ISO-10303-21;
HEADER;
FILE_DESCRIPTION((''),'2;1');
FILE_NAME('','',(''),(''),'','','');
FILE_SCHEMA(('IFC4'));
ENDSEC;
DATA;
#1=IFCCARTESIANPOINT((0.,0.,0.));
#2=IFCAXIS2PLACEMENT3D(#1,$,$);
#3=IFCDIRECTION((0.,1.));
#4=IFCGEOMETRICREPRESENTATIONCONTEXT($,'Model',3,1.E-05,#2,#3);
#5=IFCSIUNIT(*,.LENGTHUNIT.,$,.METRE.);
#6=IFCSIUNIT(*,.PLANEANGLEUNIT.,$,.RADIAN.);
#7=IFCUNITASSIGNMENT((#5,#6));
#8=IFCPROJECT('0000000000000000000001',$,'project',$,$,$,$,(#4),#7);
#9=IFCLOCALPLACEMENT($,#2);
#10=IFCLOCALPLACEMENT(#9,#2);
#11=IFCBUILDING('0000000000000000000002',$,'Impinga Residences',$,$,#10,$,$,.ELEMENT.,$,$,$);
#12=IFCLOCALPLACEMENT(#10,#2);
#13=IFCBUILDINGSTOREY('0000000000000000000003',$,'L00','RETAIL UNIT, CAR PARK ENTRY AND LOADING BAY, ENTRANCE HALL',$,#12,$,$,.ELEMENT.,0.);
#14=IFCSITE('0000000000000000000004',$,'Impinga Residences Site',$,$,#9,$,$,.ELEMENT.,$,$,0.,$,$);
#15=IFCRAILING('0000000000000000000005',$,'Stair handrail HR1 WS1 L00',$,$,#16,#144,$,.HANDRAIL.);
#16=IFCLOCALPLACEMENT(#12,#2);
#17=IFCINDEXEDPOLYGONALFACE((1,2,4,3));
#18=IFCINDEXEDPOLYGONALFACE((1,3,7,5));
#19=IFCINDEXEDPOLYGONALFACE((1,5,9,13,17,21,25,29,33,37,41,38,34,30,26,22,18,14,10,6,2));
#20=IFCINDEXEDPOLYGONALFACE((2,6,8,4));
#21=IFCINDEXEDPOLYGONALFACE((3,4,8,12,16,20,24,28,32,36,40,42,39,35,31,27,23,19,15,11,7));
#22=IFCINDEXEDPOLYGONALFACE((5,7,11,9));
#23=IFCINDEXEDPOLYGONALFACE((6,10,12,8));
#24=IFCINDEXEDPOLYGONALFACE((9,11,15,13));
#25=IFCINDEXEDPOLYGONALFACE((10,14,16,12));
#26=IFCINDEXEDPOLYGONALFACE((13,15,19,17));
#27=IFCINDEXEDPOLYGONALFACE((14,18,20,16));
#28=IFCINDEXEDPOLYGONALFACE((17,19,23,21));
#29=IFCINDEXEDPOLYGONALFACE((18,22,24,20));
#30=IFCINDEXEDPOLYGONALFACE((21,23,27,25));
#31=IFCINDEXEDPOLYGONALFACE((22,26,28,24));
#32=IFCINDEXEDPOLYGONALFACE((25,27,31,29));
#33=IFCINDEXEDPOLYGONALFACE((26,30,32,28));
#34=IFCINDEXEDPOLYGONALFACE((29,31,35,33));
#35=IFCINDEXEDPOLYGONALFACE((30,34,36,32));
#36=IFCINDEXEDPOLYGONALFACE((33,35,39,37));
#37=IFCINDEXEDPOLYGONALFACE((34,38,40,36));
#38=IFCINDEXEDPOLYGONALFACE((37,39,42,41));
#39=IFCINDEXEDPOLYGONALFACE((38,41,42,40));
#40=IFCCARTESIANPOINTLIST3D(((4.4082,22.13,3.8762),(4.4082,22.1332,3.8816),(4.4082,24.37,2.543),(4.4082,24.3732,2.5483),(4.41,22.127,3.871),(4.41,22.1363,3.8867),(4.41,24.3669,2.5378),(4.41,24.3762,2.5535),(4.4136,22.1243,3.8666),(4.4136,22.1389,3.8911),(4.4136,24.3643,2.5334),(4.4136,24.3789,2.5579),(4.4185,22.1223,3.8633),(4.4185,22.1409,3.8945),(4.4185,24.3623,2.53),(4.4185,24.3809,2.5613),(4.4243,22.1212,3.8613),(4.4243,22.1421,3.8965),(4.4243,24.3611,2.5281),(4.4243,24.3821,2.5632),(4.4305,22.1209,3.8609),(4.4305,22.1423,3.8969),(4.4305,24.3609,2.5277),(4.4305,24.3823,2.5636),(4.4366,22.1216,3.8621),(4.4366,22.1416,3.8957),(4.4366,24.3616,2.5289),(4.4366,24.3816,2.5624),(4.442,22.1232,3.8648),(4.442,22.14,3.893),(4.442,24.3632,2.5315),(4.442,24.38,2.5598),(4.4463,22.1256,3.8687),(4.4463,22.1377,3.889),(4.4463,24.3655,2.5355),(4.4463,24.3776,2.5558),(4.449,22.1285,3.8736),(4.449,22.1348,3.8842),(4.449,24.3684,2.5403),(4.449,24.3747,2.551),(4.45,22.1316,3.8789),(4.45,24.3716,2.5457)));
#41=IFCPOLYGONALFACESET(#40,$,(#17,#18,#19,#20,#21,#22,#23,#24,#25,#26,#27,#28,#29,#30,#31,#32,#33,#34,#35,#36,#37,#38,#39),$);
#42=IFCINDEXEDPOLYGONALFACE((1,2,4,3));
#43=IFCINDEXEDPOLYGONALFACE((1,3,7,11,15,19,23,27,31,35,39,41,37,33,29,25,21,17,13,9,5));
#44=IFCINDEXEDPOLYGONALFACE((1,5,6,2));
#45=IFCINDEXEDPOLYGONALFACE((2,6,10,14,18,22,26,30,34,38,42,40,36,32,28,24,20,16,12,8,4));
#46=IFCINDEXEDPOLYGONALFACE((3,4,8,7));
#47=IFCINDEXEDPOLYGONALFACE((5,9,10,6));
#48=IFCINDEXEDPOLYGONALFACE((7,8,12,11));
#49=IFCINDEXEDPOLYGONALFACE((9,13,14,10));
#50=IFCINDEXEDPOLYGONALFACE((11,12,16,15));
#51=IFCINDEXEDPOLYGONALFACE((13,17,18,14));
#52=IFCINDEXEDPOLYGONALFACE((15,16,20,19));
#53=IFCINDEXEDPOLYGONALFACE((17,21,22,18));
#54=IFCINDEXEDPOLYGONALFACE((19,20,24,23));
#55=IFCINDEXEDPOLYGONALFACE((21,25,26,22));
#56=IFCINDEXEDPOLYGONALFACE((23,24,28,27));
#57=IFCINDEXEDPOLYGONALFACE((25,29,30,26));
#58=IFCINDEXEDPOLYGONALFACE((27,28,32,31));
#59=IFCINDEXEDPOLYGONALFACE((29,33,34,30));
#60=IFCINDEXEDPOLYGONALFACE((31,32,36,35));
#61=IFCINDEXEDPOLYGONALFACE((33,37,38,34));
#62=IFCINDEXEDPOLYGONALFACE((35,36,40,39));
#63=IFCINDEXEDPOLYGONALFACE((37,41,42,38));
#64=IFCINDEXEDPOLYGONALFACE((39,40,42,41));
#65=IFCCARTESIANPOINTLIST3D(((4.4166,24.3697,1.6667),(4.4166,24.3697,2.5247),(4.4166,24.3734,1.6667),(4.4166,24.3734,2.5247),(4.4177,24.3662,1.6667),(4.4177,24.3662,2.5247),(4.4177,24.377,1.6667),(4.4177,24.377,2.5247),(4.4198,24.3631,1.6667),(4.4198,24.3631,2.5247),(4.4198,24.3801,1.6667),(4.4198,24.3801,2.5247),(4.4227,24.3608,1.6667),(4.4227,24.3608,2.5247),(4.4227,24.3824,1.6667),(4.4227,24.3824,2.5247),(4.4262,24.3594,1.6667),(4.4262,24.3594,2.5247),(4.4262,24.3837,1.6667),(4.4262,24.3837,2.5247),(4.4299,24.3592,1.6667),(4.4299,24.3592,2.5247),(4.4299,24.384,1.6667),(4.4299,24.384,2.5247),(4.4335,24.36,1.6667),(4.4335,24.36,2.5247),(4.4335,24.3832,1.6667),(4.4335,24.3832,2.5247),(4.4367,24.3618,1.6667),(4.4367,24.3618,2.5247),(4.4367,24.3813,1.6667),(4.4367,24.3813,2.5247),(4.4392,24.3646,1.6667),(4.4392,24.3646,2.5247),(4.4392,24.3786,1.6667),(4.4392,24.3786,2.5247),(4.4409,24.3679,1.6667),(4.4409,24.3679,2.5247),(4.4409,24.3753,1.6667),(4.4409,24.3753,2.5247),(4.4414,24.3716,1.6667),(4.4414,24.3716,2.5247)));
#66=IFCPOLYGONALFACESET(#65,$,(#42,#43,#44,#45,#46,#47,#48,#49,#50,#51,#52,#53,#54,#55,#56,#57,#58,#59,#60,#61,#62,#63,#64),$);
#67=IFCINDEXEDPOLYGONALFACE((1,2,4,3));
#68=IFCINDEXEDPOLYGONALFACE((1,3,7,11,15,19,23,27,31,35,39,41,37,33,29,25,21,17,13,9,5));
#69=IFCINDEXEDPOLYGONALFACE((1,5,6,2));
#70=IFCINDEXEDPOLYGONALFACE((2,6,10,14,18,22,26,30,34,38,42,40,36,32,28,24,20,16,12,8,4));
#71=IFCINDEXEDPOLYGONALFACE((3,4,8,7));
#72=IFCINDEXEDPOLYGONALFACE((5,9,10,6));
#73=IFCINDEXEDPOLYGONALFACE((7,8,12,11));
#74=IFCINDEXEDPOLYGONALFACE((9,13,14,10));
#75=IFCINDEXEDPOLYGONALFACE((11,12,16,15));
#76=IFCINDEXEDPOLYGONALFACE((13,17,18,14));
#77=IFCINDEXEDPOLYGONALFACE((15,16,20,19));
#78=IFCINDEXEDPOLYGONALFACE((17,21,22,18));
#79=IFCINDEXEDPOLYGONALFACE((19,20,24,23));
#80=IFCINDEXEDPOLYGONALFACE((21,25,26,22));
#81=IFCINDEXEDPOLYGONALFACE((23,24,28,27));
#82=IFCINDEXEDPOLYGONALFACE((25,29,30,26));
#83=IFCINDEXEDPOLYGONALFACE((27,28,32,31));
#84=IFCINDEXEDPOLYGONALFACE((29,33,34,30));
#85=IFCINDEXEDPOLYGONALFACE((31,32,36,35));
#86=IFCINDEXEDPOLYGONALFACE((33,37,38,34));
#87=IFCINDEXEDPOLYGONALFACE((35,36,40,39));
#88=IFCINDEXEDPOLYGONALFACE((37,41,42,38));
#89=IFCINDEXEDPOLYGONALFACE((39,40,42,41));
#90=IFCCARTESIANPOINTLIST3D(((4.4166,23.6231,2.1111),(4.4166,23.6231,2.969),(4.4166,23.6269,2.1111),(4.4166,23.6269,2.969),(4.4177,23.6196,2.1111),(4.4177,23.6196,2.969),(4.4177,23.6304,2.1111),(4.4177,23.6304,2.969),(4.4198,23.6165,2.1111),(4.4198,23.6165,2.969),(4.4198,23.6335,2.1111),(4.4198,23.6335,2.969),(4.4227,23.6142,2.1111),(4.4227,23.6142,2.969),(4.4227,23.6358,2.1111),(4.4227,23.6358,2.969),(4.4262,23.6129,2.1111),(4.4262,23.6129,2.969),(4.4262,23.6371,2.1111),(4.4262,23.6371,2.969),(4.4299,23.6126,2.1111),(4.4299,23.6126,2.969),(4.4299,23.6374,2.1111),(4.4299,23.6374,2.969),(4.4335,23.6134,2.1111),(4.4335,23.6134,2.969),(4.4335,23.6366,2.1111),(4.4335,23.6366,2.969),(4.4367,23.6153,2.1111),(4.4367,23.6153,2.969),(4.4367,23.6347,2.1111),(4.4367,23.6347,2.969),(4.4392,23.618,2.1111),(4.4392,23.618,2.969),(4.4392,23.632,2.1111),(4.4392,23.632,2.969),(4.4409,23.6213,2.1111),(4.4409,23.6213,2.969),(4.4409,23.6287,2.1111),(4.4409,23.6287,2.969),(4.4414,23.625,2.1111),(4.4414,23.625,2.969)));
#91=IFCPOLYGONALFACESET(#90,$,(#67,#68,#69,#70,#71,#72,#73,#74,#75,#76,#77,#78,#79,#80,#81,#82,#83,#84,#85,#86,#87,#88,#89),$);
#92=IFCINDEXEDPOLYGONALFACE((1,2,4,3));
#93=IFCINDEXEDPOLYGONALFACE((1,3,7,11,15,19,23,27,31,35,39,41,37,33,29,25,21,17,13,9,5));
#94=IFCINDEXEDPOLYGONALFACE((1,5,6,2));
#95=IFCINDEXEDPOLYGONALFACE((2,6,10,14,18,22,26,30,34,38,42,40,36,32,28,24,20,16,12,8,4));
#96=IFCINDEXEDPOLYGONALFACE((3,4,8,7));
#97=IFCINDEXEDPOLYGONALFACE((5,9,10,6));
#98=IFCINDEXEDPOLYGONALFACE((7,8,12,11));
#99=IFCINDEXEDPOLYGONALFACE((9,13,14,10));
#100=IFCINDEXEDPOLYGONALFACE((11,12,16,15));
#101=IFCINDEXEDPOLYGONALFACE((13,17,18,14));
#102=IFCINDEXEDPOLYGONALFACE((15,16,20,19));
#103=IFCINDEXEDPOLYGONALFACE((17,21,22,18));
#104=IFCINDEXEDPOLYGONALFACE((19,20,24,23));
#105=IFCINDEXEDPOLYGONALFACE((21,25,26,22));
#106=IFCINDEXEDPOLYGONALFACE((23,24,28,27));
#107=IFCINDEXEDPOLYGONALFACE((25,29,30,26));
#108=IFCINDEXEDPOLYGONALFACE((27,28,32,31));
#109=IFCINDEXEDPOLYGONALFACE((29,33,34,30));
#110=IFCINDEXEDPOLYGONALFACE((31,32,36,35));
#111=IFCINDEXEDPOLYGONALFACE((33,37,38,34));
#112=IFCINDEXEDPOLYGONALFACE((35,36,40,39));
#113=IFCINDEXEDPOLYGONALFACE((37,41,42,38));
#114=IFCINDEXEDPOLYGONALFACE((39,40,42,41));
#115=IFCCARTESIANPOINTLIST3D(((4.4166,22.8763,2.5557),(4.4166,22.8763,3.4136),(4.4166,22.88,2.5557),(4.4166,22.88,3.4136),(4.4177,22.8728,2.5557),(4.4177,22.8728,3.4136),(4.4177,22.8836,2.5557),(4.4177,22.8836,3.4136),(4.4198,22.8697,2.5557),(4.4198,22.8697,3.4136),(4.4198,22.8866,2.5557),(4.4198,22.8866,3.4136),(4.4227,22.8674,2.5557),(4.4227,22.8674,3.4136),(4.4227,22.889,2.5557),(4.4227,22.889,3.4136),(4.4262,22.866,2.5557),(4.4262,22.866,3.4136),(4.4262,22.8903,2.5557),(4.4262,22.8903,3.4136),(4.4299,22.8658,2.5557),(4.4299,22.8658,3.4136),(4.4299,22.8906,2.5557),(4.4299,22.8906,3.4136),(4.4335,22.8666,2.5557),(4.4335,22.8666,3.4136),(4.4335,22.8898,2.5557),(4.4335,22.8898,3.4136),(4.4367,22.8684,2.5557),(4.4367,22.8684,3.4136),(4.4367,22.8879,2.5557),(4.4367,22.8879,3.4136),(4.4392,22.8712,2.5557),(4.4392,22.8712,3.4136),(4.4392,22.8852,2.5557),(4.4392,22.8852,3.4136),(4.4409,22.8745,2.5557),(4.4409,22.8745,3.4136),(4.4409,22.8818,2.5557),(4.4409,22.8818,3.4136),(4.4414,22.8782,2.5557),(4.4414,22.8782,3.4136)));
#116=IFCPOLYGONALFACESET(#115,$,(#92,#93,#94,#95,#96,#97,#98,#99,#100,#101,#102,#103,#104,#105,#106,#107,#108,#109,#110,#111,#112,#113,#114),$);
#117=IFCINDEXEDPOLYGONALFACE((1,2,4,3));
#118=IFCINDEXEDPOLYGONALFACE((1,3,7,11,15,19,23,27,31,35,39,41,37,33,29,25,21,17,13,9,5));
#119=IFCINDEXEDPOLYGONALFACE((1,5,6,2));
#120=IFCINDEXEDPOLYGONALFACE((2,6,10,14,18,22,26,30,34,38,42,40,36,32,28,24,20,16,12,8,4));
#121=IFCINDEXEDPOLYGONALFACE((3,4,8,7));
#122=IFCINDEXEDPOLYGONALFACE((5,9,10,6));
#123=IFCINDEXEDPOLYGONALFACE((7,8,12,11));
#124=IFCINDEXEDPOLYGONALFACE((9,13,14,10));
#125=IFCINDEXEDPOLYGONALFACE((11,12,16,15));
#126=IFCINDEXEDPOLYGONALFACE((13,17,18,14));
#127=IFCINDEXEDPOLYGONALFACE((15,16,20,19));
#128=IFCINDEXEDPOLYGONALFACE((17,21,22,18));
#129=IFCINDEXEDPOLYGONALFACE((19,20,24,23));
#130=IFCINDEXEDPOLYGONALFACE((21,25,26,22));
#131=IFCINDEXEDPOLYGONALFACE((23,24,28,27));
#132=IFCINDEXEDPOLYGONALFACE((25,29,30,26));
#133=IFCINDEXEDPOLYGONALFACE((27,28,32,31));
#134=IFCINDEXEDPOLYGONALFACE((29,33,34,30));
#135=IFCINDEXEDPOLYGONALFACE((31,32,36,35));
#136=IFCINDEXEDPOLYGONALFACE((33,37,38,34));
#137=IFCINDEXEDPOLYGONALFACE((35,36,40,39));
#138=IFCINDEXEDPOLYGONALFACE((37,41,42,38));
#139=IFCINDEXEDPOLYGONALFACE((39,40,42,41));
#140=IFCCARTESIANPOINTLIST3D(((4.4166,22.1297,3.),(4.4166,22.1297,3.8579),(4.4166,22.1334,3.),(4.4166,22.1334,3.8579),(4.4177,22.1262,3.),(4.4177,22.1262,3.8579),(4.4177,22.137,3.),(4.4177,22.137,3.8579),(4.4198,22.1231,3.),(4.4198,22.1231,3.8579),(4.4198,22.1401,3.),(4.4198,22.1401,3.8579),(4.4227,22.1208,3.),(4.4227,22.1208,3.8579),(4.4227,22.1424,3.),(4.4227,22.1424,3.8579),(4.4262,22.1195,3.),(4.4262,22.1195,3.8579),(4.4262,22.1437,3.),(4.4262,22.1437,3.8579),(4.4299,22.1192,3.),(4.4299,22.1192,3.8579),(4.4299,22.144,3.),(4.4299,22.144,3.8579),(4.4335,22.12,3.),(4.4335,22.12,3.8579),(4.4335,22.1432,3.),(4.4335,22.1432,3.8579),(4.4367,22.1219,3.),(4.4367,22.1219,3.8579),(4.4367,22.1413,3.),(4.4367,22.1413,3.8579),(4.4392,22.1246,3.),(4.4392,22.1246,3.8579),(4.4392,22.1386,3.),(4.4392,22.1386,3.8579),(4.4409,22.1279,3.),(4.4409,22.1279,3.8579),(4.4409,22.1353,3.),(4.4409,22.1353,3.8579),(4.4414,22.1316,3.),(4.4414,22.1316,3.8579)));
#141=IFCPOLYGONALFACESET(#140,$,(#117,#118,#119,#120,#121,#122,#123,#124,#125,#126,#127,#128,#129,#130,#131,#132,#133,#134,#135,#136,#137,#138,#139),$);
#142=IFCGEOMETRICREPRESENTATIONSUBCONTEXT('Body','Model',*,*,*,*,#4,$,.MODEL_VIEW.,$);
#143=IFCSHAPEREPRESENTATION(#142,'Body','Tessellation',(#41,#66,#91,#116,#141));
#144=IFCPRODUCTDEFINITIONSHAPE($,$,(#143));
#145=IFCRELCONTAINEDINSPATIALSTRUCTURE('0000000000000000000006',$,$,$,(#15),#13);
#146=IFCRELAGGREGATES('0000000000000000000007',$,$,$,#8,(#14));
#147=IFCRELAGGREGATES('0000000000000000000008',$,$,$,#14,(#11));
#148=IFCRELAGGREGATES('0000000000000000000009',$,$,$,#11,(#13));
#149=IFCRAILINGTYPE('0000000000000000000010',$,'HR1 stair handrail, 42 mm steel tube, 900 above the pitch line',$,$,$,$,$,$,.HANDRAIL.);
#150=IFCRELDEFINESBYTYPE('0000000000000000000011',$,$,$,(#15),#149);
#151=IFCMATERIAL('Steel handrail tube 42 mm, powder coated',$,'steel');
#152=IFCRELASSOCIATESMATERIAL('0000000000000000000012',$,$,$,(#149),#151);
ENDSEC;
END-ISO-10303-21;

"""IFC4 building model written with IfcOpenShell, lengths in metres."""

from ifc_helpers import new_model, si_unit, direction, frame, origin, origin_2d, place, context, subcontext, project, spatial, circle, extrude, material, type_object, element, save


model = new_model("IFC4")

# Units and contexts
model_context = context("Model", 3, precision=1e-05, world=origin(), true_north=direction((0.0, 1.0)))
body_context = subcontext(model_context, "Body", "Model", "MODEL_VIEW")
ifc_project = project(units=[si_unit("LENGTHUNIT", "METRE"), si_unit("PLANEANGLEUNIT", "RADIAN")], contexts=[model_context])

# Site, building, storey
site_placement = place(None, origin())
site = spatial("IfcSite", under=ifc_project, at=site_placement, Name="Impinga Residences Site", CompositionType="ELEMENT", RefElevation=0.0)
building_placement = place(site_placement, origin())
building = spatial("IfcBuilding", under=site, at=building_placement, Name="Impinga Residences", CompositionType="ELEMENT")
storey_placement = place(building_placement, origin())
storey = spatial("IfcBuildingStorey", under=building, at=storey_placement, Name="L00", Description="RETAIL UNIT, CAR PARK ENTRY AND LOADING BAY, ENTRANCE HALL", CompositionType="ELEMENT", Elevation=0.0)

# Railing
ifc_material_1 = material(Name="Steel handrail tube 42 mm, powder coated", Category="steel")
railing_type_1 = type_object("IfcRailingType", Name="HR1 stair handrail, 42 mm steel tube, 900 above the pitch line", PredefinedType="HANDRAIL", material=ifc_material_1)
railing_1_placement = place(storey_placement, frame((4.429, 24.3716, 1.6667)))
element("IfcRailing", 1, at=railing_1_placement, inside=storey, type_object=railing_type_1, Name="Stair handrail HR1 WS1 L00", PredefinedType="HANDRAIL", context=body_context, shape_type="SweptSolid", body=[
    extrude(circle(Radius=0.021, at=origin_2d()), frame((0.0, 0.0, 0.8789), z_axis=(0.0, -0.859306, 0.511462), x_axis=(1.0, 0.0, 0.0)), (0.0, 0.0, 1.0), 2.6067),
    extrude(circle(Radius=0.0125, at=origin_2d()), origin(), (0.0, 0.0, 1.0), 0.8579),
    extrude(circle(Radius=0.0125, at=origin_2d()), frame((0.0, -0.7466, 0.4443)), (0.0, 0.0, 1.0), 0.8579),
    extrude(circle(Radius=0.0125, at=origin_2d()), frame((0.0, -1.4934, 0.8889)), (0.0, 0.0, 1.0), 0.8579),
    extrude(circle(Radius=0.0125, at=origin_2d()), frame((0.0, -2.24, 1.3333)), (0.0, 0.0, 1.0), 0.8579),
])

save(model, "model.ifc")
